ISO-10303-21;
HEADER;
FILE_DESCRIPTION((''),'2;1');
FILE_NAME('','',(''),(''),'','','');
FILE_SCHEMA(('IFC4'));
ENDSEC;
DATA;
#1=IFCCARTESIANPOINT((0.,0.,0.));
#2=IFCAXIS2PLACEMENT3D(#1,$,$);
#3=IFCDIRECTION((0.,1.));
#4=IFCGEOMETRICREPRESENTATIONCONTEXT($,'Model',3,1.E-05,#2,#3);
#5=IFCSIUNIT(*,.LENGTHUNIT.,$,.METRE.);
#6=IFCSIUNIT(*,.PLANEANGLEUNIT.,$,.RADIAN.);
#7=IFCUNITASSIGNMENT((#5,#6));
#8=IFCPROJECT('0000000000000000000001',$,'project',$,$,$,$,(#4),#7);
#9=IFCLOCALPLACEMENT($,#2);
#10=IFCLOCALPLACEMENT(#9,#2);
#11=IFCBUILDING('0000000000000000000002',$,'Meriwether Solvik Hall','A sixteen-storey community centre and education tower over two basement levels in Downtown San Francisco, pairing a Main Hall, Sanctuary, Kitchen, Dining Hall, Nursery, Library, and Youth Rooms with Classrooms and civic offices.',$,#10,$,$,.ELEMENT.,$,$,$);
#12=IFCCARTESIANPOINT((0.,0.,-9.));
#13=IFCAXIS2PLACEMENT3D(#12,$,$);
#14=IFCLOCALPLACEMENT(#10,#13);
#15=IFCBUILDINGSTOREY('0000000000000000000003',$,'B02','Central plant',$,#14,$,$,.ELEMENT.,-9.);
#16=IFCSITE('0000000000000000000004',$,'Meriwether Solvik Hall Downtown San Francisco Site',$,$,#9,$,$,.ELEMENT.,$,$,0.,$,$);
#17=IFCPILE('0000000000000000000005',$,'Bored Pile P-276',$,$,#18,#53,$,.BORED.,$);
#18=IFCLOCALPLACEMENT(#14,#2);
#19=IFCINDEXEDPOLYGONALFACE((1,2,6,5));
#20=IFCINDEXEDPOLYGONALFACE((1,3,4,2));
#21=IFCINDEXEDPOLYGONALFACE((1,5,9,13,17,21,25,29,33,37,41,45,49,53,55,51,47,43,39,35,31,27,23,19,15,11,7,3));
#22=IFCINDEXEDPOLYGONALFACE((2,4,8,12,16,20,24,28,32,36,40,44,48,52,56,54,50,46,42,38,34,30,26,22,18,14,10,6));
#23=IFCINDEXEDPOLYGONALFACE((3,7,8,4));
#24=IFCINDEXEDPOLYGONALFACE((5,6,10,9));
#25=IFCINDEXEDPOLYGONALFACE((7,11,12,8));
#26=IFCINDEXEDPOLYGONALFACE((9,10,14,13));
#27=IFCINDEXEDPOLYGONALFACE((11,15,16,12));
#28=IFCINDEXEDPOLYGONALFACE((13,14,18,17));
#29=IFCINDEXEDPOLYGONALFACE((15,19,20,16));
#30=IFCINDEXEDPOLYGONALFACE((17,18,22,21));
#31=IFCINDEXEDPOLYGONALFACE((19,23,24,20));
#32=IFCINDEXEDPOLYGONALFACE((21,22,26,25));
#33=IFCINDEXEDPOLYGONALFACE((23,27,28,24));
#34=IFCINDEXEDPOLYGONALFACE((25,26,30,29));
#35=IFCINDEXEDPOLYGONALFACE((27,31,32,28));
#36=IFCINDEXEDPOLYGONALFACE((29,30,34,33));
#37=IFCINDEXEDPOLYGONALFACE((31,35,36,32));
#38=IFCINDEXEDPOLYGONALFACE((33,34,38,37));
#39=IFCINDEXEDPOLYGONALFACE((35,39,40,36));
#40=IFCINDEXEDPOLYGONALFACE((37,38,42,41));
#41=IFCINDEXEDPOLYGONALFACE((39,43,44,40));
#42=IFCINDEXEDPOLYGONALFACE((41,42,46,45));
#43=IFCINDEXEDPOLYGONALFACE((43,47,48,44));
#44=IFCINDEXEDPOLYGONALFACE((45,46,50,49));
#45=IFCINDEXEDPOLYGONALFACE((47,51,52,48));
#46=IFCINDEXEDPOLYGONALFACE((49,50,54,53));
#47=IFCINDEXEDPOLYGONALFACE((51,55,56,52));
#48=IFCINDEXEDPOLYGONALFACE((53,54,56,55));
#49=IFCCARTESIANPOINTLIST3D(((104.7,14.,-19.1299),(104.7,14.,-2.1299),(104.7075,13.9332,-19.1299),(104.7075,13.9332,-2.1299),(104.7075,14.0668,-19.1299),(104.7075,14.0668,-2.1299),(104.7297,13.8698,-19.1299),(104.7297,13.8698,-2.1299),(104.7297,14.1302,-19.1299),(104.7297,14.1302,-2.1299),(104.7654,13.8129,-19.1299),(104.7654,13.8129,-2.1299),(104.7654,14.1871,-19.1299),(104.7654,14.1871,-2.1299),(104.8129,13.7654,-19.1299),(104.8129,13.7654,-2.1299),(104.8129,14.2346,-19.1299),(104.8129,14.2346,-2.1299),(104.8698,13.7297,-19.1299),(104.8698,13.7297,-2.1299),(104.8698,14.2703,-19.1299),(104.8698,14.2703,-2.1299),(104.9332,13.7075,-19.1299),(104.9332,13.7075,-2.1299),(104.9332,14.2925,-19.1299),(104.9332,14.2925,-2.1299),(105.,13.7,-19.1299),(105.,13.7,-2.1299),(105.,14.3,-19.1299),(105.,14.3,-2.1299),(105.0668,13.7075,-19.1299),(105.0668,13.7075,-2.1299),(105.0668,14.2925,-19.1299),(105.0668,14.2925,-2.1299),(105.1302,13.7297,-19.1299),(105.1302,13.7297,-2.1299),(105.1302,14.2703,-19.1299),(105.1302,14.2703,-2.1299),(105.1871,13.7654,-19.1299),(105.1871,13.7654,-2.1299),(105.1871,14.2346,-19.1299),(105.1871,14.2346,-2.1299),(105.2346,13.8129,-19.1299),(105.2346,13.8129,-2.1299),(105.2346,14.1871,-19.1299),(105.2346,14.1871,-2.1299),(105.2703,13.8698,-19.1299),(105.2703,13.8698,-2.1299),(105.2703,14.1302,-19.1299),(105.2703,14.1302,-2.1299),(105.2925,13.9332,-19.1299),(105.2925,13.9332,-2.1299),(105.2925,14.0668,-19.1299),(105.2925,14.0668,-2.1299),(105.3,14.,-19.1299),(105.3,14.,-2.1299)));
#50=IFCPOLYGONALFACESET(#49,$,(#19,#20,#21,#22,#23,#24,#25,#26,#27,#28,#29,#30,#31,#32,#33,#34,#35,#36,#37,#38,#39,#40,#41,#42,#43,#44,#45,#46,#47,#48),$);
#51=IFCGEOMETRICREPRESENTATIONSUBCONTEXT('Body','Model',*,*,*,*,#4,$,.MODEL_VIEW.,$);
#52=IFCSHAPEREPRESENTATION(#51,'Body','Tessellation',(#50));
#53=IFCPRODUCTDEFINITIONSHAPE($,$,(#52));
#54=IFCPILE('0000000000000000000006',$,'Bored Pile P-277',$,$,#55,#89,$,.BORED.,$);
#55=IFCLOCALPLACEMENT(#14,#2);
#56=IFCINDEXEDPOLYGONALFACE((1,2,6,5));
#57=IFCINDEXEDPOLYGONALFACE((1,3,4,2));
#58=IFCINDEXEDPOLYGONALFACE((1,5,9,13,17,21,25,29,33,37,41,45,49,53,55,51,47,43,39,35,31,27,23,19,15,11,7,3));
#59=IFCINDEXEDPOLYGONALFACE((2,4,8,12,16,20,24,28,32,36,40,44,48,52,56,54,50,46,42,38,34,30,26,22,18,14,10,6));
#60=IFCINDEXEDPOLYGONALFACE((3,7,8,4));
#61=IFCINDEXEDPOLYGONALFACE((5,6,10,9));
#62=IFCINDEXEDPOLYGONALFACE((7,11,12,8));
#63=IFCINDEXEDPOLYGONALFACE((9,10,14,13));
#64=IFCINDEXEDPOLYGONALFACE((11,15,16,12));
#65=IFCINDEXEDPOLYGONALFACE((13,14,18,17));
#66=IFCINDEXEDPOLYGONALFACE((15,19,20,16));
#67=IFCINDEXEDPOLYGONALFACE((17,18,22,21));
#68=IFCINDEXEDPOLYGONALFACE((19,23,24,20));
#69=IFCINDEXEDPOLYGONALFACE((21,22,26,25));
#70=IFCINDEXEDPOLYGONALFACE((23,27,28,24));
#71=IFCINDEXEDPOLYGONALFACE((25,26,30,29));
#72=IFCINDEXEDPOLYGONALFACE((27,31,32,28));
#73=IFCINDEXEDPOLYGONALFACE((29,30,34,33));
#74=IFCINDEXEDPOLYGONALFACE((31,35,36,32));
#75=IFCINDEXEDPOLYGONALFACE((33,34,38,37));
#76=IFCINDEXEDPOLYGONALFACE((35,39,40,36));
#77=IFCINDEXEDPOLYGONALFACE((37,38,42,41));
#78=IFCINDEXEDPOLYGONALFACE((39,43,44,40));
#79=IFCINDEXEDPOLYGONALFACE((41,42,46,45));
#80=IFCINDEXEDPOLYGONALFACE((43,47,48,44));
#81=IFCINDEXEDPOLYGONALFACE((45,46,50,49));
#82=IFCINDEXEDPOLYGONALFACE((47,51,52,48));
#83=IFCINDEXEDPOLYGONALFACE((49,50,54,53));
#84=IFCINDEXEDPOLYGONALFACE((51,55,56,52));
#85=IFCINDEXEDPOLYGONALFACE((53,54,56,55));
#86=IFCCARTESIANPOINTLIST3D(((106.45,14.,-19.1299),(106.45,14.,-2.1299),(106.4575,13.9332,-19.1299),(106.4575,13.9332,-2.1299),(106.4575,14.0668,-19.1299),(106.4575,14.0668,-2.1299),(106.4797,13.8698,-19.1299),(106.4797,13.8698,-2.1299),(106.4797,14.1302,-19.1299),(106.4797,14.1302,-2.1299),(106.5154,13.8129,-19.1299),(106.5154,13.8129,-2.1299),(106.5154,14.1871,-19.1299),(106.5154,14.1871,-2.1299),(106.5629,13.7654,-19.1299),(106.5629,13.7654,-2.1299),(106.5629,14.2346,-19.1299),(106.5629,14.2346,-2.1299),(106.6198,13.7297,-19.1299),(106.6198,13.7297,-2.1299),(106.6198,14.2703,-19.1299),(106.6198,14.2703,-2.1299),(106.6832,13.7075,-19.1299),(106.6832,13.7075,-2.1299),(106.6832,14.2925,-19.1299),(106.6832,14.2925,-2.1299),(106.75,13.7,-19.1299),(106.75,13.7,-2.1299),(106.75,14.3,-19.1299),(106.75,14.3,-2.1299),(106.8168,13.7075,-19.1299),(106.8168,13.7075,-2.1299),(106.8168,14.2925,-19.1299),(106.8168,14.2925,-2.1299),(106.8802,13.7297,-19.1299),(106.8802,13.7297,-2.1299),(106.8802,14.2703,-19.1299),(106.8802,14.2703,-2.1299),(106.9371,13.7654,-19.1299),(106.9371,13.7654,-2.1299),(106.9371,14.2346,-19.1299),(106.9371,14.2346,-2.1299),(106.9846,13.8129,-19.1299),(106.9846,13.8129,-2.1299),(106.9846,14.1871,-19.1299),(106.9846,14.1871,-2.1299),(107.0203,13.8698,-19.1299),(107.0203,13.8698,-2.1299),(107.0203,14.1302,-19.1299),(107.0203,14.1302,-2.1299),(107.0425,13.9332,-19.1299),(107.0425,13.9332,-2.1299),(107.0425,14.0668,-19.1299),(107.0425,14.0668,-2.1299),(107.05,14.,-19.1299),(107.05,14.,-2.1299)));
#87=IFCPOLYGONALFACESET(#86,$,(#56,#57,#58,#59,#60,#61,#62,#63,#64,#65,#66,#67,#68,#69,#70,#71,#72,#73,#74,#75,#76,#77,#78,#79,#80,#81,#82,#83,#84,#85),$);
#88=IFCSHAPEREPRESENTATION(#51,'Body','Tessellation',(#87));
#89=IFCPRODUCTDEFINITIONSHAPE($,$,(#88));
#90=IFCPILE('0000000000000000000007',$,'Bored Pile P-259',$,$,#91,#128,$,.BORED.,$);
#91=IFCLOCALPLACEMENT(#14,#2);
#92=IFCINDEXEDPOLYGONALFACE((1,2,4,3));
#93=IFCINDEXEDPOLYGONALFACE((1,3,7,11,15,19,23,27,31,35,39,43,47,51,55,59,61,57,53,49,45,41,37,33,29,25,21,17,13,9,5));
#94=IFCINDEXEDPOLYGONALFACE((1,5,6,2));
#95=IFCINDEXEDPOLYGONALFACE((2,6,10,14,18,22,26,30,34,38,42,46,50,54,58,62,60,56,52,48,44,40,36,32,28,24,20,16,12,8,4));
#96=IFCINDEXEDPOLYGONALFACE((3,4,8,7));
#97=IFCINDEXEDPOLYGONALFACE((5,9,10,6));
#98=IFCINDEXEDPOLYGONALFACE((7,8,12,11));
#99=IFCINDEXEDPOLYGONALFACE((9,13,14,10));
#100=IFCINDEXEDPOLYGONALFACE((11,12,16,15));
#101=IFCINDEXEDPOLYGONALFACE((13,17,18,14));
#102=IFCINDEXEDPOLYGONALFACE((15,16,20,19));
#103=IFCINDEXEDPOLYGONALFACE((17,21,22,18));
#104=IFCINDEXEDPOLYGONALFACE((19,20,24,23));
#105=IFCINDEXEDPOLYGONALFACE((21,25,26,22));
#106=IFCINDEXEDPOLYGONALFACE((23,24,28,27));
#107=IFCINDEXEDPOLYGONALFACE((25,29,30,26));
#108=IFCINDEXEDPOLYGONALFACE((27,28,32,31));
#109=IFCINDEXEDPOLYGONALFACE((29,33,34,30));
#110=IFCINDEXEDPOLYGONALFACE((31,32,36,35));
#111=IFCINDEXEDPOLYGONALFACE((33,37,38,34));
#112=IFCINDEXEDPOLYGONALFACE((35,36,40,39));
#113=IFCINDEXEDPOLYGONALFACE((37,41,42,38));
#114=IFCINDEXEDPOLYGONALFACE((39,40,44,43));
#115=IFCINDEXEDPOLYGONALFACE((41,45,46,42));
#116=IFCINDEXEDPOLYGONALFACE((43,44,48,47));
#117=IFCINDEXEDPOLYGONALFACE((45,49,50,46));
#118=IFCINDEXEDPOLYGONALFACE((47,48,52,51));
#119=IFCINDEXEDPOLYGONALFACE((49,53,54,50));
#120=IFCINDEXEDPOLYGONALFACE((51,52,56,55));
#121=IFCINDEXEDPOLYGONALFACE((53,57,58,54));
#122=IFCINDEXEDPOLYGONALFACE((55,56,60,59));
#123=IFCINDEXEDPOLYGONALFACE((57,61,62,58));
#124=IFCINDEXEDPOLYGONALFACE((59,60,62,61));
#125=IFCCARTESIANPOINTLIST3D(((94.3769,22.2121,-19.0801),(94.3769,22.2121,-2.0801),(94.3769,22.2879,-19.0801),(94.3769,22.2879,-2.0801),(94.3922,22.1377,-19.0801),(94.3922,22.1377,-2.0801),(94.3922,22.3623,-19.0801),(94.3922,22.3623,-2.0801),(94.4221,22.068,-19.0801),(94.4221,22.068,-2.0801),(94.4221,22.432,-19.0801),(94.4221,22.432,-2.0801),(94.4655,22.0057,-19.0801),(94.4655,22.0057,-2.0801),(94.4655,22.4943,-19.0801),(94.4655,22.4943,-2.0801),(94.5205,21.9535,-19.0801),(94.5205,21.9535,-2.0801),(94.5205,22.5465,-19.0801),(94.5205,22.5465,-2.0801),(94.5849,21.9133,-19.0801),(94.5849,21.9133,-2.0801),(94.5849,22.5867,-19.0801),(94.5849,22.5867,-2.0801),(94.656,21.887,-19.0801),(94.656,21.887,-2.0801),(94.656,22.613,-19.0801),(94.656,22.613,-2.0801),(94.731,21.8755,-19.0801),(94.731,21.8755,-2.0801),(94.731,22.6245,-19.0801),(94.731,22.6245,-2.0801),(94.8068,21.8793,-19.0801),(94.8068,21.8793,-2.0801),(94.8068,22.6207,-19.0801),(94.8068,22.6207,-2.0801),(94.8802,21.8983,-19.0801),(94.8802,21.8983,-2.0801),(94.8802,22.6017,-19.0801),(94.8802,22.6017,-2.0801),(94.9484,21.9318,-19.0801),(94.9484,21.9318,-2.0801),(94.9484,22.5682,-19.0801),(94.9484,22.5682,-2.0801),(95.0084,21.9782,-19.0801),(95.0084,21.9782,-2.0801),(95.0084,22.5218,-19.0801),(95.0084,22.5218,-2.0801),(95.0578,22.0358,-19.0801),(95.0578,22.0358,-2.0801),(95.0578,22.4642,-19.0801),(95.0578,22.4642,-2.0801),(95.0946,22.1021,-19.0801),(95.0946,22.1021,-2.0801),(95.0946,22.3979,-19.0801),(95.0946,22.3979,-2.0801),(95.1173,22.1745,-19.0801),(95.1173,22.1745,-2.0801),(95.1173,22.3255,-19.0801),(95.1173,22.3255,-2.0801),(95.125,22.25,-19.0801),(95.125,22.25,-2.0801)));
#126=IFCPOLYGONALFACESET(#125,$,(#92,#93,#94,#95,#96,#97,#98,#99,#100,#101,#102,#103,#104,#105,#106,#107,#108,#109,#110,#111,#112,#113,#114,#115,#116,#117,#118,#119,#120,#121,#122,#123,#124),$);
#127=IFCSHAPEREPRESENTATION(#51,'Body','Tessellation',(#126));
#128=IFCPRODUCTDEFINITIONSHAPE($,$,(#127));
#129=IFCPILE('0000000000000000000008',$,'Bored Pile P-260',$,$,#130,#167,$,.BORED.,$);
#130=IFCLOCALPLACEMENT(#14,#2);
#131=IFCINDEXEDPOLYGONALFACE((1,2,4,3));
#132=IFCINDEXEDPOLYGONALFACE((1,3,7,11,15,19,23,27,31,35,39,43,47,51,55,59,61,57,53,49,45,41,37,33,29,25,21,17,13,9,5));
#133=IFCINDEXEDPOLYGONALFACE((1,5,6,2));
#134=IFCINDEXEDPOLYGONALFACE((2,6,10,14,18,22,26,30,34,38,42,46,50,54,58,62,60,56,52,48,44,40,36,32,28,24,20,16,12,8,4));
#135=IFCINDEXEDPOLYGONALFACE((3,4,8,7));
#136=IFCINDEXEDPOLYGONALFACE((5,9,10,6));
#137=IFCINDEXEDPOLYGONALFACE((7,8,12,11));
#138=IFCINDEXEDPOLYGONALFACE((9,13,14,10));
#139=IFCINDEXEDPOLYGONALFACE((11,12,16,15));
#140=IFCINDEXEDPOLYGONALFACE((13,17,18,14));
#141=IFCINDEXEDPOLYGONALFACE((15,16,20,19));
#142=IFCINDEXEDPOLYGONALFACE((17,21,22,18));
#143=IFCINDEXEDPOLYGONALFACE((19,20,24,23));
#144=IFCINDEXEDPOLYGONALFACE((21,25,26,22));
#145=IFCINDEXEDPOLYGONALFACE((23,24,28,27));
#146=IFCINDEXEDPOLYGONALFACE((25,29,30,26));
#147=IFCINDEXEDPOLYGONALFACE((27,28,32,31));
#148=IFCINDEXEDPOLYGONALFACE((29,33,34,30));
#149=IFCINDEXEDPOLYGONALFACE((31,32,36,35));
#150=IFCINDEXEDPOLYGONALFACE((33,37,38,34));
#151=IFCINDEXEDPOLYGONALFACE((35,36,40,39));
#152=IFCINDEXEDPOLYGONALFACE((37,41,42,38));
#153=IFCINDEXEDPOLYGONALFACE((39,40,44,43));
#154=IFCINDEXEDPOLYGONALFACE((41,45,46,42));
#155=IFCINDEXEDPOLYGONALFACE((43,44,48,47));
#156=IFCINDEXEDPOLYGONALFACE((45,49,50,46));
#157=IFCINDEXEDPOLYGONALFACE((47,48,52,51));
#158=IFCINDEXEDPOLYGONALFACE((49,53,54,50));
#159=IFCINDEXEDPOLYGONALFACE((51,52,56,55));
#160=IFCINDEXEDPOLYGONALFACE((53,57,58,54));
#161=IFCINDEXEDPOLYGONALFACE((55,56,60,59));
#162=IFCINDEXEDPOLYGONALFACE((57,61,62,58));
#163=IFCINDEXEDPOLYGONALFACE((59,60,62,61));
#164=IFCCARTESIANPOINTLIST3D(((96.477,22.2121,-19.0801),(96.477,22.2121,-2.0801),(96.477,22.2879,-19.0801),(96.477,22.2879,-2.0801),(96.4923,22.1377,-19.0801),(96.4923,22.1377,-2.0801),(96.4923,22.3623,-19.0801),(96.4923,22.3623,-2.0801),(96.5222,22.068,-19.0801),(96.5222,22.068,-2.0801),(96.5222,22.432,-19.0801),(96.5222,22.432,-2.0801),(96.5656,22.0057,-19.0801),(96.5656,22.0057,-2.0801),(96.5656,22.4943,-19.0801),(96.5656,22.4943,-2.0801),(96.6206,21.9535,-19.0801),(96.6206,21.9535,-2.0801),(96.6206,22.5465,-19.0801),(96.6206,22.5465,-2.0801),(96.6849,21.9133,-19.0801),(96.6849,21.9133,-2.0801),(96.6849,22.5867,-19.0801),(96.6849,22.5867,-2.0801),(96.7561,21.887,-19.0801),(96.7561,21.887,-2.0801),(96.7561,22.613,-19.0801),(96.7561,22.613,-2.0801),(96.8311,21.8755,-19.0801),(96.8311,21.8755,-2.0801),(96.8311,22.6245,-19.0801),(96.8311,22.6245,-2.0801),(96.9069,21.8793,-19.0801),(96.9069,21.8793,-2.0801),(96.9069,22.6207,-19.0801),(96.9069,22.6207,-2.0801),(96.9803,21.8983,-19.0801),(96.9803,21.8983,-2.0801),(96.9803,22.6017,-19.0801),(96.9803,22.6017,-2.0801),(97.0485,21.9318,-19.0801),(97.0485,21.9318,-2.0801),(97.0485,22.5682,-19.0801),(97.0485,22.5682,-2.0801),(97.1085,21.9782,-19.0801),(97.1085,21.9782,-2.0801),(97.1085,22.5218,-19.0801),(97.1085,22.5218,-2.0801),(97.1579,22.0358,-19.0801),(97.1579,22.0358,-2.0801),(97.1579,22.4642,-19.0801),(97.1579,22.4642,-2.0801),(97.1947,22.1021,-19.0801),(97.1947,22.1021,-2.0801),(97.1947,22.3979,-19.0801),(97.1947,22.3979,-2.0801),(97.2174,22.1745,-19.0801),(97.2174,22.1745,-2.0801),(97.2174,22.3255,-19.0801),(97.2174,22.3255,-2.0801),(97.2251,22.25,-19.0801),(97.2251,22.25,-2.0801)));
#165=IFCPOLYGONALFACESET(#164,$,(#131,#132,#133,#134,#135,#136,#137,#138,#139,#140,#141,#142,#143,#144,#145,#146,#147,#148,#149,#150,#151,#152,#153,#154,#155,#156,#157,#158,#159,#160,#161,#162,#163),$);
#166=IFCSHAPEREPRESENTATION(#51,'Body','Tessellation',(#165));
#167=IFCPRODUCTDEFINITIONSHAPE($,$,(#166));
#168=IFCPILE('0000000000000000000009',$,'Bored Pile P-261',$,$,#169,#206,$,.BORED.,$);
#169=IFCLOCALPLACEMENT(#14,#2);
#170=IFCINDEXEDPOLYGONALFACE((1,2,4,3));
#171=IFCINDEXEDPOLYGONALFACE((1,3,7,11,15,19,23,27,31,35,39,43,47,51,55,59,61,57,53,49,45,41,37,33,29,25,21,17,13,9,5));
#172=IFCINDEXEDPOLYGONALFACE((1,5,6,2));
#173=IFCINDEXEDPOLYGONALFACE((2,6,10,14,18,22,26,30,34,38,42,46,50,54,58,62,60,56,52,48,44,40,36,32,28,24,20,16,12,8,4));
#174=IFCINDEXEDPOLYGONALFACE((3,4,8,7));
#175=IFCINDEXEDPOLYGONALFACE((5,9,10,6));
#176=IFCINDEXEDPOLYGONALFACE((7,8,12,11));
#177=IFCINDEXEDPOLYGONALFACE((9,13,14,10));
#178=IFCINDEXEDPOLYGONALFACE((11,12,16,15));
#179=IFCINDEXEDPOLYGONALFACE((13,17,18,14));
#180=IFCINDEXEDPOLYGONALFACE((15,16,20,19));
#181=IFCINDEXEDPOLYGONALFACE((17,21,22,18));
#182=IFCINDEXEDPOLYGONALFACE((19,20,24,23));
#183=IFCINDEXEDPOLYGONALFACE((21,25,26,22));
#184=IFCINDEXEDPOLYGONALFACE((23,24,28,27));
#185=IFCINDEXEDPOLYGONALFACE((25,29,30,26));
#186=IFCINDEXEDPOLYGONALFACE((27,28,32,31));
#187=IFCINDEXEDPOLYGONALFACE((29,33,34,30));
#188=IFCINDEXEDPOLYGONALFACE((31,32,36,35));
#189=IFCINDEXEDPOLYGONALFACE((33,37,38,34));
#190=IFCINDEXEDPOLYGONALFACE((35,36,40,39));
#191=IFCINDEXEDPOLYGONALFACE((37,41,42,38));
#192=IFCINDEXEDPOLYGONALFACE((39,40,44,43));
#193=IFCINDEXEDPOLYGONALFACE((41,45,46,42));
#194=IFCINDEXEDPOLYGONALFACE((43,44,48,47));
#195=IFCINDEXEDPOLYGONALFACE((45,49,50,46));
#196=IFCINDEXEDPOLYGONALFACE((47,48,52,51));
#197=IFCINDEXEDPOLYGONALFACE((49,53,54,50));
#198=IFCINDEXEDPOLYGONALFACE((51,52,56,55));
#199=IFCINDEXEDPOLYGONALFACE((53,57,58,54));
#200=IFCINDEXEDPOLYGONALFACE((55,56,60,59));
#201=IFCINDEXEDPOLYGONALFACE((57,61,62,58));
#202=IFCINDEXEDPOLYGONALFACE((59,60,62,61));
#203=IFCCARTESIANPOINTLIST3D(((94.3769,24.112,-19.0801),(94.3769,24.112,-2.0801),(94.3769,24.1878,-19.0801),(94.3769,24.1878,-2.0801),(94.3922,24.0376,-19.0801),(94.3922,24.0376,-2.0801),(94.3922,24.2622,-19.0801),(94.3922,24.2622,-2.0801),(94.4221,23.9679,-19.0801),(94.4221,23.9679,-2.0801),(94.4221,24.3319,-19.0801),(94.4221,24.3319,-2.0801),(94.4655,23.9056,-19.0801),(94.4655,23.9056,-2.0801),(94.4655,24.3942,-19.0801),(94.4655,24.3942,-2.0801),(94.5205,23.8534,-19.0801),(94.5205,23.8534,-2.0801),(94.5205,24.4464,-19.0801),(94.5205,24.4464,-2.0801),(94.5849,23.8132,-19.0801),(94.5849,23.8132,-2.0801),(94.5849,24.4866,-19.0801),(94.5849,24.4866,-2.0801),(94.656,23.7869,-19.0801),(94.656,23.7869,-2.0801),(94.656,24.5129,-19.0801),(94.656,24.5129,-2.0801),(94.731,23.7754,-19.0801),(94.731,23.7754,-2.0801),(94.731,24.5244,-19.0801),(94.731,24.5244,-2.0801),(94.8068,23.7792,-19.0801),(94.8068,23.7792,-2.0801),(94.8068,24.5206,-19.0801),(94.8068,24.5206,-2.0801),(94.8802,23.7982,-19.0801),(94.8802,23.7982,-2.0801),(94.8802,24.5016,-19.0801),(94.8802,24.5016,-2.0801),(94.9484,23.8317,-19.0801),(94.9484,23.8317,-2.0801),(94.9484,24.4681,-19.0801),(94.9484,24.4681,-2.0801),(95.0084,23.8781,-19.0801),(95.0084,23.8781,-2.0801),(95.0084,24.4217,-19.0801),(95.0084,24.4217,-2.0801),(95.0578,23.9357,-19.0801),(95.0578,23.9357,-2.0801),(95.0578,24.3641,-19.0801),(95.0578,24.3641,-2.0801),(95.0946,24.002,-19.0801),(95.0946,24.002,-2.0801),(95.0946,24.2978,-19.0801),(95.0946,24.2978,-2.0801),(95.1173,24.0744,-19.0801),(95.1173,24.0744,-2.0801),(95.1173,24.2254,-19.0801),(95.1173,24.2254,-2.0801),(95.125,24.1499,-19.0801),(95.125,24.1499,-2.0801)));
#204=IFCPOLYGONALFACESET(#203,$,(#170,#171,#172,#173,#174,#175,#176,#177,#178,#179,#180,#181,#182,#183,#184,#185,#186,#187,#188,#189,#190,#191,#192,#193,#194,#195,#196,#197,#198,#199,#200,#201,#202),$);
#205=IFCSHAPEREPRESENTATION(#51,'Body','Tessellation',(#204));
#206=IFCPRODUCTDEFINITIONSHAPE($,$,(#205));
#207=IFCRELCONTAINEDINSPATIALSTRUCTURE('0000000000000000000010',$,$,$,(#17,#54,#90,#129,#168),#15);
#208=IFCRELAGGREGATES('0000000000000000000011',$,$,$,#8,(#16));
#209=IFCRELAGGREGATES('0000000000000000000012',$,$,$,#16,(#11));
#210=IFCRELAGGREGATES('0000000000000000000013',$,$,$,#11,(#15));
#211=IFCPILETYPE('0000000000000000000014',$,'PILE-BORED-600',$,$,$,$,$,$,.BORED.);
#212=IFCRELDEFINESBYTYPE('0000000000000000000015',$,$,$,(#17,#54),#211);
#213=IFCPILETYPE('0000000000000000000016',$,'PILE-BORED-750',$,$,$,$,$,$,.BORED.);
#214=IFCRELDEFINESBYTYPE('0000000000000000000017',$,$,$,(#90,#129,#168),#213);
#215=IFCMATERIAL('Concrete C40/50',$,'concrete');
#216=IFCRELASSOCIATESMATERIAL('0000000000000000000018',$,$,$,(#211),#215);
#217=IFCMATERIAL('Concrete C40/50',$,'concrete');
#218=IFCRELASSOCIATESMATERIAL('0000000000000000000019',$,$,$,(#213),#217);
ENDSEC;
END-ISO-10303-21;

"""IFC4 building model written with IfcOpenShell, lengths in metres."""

from ifc_helpers import new_model, si_unit, direction, frame, origin, origin_2d, place, context, subcontext, project, spatial, circle, extrude, material, material_profile, profile_set, type_object, element, save


model = new_model("IFC4")

# Units and contexts
model_context = context("Model", 3, precision=1e-05, world=origin(), true_north=direction((0.0, 1.0)))
body_context = subcontext(model_context, "Body", "Model", "MODEL_VIEW")
ifc_project = project(units=[si_unit("LENGTHUNIT", "METRE"), si_unit("PLANEANGLEUNIT", "RADIAN")], contexts=[model_context])

# Site, building, storey
site_placement = place(None, origin())
site = spatial("IfcSite", under=ifc_project, at=site_placement, Name="Meriwether Solvik Hall Downtown San Francisco Site", CompositionType="ELEMENT", RefElevation=0.0)
building_placement = place(site_placement, origin())
building = spatial("IfcBuilding", under=site, at=building_placement, Name="Meriwether Solvik Hall", Description="A sixteen-storey community centre and education tower over two basement levels in Downtown San Francisco, pairing a Main Hall, Sanctuary, Kitchen, Dining Hall, Nursery, Library, and Youth Rooms with Classrooms and civic offices.", CompositionType="ELEMENT")
storey_placement = place(building_placement, frame((0.0, 0.0, -9.0)))
storey = spatial("IfcBuildingStorey", under=building, at=storey_placement, Name="B02", Description="Central plant", CompositionType="ELEMENT", Elevation=-9.0)

# Piles
ifc_material_1 = material(Name="Concrete C40/50", Category="concrete")
ifc_material_profile_1 = material_profile(ifc_material_1, circle(Radius=0.3, at=origin_2d()), Name="PILE-D600")
ifc_profile_set_1 = profile_set([ifc_material_profile_1], Name="Concrete C40/50")
pile_type_1 = type_object("IfcPileType", Name="PILE-BORED-600", PredefinedType="BORED", material=ifc_profile_set_1)
for number, where, z_axis, x_axis, name in (
    (1, (105.0, 14.0, -2.1299), (0.0, 0.0, -1.0), (1.0, 0.0, 0.0), "Bored Pile P-276"),
    (2, (106.75, 14.0, -2.1299), (0.0, 0.0, -1.0), (1.0, 0.0, 0.0), "Bored Pile P-277"),
):
    element("IfcPile", number, at=place(storey_placement, frame(where, z_axis=z_axis, x_axis=x_axis)), inside=storey, type_object=pile_type_1, Name=name, PredefinedType="BORED", context=body_context, shape_type="SweptSolid", body=[
        extrude(circle(Radius=0.3, at=origin_2d()), origin(), (0.0, 0.0, 1.0), 17.0),
    ])
ifc_material_2 = material(Name="Concrete C40/50", Category="concrete")
ifc_material_profile_2 = material_profile(ifc_material_2, circle(Radius=0.375, at=origin_2d()), Name="PILE-D750")
ifc_profile_set_2 = profile_set([ifc_material_profile_2], Name="Concrete C40/50")
pile_type_2 = type_object("IfcPileType", Name="PILE-BORED-750", PredefinedType="BORED", material=ifc_profile_set_2)
for number, where, z_axis, x_axis, name in (
    (3, (94.75, 22.25, -2.0801), (0.0, 0.0, -1.0), (1.0, 0.0, 0.0), "Bored Pile P-259"),
    (4, (96.8501, 22.25, -2.0801), (0.0, 0.0, -1.0), (1.0, 0.0, 0.0), "Bored Pile P-260"),
    (5, (94.75, 24.1499, -2.0801), (0.0, 0.0, -1.0), (1.0, 0.0, 0.0), "Bored Pile P-261"),
):
    element("IfcPile", number, at=place(storey_placement, frame(where, z_axis=z_axis, x_axis=x_axis)), inside=storey, type_object=pile_type_2, Name=name, PredefinedType="BORED", context=body_context, shape_type="SweptSolid", body=[
        extrude(circle(Radius=0.375, at=origin_2d()), origin(), (0.0, 0.0, 1.0), 17.0),
    ])

save(model, "model.ifc")
